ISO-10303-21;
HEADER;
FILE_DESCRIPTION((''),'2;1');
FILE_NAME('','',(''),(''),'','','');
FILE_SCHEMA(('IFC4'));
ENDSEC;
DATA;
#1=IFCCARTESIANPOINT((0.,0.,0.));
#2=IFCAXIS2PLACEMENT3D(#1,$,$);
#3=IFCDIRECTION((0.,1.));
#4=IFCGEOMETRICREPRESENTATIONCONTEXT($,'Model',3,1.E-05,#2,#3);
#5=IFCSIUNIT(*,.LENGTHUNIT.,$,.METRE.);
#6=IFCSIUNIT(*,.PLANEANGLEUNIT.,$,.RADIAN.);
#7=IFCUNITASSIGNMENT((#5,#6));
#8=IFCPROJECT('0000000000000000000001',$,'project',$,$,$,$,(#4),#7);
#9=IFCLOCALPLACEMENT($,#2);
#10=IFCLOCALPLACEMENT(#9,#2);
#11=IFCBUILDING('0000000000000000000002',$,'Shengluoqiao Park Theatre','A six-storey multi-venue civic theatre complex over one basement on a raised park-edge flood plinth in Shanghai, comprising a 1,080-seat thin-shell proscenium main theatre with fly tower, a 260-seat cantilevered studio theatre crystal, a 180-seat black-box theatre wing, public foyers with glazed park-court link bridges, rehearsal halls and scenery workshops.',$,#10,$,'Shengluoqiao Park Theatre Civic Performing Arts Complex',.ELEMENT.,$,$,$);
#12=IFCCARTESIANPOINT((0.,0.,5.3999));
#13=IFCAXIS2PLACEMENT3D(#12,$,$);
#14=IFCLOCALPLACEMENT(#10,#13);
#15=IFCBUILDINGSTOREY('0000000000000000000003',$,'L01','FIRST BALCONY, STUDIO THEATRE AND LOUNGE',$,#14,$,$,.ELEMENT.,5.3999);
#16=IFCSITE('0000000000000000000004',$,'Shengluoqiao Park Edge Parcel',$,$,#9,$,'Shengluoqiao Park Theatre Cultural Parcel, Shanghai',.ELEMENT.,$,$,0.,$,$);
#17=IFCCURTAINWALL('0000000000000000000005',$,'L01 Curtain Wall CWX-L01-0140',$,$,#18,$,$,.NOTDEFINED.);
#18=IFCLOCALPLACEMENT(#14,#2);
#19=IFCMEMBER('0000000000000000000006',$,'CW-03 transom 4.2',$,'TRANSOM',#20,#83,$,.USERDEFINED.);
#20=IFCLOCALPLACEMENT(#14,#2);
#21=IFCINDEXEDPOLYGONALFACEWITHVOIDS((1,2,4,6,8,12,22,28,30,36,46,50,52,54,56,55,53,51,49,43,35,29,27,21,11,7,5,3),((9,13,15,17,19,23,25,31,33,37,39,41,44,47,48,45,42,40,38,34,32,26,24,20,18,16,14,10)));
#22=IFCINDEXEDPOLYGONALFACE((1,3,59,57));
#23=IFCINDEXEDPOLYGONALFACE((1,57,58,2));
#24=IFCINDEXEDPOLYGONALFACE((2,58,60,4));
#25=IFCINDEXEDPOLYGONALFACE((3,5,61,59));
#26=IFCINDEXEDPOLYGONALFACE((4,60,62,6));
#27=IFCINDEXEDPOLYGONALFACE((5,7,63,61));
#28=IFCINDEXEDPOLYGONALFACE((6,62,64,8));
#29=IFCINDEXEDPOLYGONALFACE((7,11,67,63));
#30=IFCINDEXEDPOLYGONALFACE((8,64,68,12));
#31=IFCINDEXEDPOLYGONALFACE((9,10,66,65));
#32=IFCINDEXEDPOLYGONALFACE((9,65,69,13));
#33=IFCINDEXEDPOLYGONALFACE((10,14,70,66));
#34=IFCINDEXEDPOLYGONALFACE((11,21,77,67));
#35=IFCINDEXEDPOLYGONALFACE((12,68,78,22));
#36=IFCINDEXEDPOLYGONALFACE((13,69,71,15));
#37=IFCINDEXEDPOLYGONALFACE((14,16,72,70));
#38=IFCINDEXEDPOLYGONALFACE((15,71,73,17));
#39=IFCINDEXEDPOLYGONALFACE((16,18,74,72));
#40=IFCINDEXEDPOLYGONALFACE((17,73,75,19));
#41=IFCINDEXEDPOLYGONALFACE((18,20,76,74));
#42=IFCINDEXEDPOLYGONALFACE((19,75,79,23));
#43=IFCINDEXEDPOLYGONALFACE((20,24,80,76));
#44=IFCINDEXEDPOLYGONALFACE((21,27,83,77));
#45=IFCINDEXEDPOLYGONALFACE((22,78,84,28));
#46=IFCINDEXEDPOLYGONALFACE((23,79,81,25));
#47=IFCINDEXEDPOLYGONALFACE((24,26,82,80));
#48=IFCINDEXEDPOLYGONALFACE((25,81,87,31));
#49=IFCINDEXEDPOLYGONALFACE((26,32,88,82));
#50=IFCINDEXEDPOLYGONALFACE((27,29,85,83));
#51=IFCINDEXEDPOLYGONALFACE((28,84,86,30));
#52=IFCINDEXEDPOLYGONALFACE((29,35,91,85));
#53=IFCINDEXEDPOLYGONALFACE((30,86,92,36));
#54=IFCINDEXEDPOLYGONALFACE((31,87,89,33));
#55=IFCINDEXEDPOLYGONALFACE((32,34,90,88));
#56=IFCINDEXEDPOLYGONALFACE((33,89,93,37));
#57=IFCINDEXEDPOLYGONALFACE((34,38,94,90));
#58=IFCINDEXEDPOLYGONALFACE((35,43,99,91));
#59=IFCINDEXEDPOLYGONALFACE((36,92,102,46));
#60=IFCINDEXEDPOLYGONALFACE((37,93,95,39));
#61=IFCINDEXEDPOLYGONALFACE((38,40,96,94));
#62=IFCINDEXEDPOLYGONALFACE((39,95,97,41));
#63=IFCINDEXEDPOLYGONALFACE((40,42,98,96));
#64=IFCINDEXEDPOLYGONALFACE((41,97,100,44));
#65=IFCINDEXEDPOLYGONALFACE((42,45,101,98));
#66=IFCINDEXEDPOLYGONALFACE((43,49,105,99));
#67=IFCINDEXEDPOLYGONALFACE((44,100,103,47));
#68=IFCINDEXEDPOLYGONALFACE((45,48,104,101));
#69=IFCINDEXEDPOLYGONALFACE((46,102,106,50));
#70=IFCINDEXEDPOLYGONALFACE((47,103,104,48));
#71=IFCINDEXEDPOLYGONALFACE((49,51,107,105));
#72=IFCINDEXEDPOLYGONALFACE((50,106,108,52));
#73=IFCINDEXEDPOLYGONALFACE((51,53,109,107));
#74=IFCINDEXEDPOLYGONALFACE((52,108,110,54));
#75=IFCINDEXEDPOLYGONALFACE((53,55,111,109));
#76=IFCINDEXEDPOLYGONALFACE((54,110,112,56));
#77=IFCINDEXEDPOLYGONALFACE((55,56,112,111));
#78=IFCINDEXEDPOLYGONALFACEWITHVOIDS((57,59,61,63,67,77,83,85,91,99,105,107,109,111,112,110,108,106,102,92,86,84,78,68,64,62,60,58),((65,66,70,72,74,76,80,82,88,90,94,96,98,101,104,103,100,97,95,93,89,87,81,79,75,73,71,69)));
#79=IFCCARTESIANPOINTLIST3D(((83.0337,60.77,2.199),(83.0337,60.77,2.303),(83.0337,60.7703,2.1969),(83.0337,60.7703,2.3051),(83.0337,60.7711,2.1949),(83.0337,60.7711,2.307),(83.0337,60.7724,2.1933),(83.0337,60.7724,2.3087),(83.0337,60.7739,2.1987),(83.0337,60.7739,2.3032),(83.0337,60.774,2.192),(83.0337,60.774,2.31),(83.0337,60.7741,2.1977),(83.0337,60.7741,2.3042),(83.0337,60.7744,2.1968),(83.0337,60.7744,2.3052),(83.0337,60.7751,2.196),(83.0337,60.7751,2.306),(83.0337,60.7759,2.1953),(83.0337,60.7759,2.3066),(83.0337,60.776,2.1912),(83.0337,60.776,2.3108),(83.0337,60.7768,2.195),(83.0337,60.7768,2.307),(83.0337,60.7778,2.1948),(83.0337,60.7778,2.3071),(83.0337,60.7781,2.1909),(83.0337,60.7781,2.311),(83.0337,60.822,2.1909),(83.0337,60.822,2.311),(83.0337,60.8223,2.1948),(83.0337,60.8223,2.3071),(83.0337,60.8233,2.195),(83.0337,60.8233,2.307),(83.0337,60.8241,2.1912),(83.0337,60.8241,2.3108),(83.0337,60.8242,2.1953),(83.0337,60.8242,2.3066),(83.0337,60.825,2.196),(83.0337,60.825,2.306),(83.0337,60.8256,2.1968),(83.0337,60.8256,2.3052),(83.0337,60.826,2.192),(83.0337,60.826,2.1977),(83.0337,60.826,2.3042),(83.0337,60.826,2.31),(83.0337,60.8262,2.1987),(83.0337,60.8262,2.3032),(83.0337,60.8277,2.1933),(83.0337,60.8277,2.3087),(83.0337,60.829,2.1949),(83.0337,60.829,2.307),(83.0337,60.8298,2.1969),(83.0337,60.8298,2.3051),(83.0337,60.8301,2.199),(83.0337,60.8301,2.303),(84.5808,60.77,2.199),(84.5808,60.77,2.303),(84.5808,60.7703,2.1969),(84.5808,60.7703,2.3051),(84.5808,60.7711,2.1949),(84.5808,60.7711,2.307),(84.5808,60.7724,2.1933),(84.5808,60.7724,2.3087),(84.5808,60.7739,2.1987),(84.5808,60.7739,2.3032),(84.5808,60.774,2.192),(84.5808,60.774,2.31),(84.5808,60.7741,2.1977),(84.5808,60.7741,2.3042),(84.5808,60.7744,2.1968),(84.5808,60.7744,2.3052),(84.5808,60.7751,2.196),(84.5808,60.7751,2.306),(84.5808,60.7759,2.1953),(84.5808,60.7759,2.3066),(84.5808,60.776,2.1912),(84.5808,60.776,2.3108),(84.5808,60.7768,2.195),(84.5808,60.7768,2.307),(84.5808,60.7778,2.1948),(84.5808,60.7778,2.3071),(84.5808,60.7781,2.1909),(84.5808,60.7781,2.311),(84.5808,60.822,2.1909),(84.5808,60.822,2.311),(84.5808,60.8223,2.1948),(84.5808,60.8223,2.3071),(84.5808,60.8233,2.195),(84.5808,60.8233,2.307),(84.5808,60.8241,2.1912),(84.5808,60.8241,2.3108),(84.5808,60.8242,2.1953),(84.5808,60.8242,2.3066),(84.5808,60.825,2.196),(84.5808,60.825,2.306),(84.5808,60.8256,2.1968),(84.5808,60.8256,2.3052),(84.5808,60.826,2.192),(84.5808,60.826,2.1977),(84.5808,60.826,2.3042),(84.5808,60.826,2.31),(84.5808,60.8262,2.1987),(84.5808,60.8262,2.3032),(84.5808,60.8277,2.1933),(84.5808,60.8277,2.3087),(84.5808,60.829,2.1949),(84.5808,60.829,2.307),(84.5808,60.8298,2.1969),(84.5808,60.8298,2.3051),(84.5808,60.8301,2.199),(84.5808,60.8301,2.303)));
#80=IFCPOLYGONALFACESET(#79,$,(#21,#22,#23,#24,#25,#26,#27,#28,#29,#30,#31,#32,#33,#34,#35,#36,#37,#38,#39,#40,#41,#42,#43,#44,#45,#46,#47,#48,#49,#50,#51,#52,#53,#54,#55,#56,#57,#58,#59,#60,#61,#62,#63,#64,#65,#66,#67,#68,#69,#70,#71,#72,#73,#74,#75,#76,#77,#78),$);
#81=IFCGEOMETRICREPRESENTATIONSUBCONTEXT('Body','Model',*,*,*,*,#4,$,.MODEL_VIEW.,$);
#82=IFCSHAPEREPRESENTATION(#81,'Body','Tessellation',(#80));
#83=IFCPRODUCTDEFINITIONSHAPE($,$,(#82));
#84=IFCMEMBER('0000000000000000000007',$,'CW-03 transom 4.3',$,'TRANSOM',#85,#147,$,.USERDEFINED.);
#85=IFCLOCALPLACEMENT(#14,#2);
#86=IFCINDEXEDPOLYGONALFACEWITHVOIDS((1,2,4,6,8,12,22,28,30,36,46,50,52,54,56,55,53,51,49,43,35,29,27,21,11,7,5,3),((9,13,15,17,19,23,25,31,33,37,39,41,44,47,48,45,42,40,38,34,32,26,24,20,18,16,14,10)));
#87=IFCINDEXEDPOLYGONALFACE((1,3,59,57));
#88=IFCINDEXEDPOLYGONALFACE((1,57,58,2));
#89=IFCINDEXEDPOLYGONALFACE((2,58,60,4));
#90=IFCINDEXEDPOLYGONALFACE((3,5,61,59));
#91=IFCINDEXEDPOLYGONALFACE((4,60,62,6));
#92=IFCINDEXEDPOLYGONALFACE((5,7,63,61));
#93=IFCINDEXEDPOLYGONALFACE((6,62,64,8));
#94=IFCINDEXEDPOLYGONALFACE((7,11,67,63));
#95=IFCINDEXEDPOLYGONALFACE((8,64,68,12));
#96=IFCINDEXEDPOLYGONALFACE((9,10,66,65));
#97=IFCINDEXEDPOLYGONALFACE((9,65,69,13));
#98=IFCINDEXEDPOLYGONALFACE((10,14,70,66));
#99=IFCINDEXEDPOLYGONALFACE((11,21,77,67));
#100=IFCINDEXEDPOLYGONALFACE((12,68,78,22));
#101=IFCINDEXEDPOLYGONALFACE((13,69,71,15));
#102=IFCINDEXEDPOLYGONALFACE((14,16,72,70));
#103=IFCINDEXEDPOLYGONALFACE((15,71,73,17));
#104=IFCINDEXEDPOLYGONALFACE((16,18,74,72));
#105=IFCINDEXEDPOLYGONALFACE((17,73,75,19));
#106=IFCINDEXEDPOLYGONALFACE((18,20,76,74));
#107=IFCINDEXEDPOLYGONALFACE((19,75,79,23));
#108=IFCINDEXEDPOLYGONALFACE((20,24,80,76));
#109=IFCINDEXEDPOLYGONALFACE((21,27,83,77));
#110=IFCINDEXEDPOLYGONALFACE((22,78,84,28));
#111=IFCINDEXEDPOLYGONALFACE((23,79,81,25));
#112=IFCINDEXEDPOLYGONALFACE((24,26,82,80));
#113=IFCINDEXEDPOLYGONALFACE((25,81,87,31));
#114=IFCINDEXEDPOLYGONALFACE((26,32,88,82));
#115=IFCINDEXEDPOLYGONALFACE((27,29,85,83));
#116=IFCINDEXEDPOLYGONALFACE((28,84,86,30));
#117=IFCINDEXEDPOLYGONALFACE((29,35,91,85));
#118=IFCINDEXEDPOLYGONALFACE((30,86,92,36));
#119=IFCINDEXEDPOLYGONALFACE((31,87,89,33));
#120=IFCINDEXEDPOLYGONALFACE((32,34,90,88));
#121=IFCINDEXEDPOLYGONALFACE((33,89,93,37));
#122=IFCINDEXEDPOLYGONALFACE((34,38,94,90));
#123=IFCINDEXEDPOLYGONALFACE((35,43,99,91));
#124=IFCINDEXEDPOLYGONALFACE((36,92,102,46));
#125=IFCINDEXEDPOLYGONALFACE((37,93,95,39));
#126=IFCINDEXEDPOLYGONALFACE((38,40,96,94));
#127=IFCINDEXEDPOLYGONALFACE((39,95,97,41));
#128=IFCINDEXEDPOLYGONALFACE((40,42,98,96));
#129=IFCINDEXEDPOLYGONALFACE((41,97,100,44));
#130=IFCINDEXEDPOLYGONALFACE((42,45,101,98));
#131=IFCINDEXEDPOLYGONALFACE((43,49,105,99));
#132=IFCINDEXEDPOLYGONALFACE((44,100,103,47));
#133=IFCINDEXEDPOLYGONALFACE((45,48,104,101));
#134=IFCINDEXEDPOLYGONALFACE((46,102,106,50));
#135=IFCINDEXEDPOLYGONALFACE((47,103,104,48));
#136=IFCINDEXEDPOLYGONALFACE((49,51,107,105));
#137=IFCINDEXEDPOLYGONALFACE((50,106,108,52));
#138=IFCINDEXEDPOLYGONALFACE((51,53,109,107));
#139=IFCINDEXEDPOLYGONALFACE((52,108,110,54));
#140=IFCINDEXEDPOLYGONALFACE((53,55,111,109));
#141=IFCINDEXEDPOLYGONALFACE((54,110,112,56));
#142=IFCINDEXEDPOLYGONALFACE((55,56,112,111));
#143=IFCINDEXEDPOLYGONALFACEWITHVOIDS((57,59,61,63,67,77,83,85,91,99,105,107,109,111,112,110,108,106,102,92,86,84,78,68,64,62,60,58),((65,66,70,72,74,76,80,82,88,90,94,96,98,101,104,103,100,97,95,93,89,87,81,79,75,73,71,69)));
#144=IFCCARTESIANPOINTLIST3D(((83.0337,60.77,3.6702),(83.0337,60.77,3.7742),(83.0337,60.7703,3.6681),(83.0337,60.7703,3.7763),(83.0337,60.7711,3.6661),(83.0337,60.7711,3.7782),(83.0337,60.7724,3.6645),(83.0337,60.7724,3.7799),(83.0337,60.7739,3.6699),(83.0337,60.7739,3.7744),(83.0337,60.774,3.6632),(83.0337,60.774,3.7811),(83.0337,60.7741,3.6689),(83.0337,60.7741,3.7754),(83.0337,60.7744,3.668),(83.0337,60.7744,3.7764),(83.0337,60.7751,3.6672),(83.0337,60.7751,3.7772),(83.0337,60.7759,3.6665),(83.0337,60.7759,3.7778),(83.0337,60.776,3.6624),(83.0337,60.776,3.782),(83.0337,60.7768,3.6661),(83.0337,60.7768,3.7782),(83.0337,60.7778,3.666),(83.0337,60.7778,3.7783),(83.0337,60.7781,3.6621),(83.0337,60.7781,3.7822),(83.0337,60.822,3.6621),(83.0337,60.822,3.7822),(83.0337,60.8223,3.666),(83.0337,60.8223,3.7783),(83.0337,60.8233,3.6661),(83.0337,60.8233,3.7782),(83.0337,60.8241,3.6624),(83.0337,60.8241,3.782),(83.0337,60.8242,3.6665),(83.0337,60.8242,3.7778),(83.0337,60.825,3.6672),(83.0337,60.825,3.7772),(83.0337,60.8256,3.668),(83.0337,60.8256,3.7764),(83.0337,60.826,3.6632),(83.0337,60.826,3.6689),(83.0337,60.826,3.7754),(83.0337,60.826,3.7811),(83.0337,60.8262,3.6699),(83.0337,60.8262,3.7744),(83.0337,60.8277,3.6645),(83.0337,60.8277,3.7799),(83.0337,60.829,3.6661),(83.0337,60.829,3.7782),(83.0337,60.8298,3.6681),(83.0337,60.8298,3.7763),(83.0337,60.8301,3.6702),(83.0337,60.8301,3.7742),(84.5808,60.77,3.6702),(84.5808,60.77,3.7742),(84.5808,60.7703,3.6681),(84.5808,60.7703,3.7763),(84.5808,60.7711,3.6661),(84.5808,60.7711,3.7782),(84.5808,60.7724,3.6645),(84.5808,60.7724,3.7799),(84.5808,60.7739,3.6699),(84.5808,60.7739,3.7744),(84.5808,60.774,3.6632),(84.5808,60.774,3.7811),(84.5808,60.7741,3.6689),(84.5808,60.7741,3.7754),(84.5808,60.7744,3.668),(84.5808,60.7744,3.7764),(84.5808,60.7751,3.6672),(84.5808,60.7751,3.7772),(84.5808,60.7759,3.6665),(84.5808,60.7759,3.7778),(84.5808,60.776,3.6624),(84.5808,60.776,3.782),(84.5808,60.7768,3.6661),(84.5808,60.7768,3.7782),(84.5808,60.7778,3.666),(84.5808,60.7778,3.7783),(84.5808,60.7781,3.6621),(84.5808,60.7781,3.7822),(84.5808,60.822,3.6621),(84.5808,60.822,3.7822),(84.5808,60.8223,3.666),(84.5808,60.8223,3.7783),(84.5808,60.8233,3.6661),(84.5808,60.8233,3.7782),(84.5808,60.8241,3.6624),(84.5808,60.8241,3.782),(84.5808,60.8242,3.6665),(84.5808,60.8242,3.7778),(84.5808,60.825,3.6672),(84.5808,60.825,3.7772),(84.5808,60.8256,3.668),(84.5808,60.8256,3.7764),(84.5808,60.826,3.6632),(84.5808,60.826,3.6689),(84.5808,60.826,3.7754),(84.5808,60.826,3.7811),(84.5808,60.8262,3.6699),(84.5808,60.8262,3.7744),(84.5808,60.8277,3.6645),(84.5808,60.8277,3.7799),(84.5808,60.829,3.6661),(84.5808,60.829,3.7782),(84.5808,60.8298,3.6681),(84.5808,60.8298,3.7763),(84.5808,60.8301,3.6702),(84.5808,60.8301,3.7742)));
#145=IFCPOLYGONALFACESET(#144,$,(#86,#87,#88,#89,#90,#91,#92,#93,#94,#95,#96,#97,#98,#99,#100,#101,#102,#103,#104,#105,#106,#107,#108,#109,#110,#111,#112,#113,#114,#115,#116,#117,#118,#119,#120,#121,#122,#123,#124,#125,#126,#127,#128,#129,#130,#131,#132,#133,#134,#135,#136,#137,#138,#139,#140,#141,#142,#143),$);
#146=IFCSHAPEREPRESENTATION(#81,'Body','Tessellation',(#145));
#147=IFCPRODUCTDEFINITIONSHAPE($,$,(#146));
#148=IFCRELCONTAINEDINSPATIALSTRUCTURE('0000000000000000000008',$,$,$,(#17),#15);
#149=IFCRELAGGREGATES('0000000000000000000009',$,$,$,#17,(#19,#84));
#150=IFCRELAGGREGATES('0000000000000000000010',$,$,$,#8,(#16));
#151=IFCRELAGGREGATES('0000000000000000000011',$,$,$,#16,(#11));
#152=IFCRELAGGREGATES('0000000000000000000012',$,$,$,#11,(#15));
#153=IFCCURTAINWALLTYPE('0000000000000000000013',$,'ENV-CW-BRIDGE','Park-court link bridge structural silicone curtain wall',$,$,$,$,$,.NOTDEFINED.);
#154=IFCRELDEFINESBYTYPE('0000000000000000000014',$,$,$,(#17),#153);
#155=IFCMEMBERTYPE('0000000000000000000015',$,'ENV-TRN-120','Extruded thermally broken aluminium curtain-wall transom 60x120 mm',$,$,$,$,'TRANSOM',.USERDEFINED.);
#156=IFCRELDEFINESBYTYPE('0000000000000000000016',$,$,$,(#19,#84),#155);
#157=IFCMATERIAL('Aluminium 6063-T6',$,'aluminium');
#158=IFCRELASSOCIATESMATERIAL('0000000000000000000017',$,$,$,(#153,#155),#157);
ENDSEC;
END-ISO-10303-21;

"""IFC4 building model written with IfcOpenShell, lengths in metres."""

from ifc_helpers import new_model, si_unit, direction, frame, origin, origin_2d, place, context, subcontext, project, spatial, hollow_rectangle, extrude, material, material_profile, profile_set, type_object, element, aggregate, save


model = new_model("IFC4")

# Units and contexts
model_context = context("Model", 3, precision=1e-05, world=origin(), true_north=direction((0.0, 1.0)))
body_context = subcontext(model_context, "Body", "Model", "MODEL_VIEW")
ifc_project = project(units=[si_unit("LENGTHUNIT", "METRE"), si_unit("PLANEANGLEUNIT", "RADIAN")], contexts=[model_context])

# Site, building, storey
site_placement = place(None, origin())
site = spatial("IfcSite", under=ifc_project, at=site_placement, Name="Shengluoqiao Park Edge Parcel", LongName="Shengluoqiao Park Theatre Cultural Parcel, Shanghai", CompositionType="ELEMENT", RefElevation=0.0)
building_placement = place(site_placement, origin())
building = spatial("IfcBuilding", under=site, at=building_placement, Name="Shengluoqiao Park Theatre", Description="A six-storey multi-venue civic theatre complex over one basement on a raised park-edge flood plinth in Shanghai, comprising a 1,080-seat thin-shell proscenium main theatre with fly tower, a 260-seat cantilevered studio theatre crystal, a 180-seat black-box theatre wing, public foyers with glazed park-court link bridges, rehearsal halls and scenery workshops.", LongName="Shengluoqiao Park Theatre Civic Performing Arts Complex", CompositionType="ELEMENT")
storey_placement = place(building_placement, frame((0.0, 0.0, 5.3999)))
storey = spatial("IfcBuildingStorey", under=building, at=storey_placement, Name="L01", Description="FIRST BALCONY, STUDIO THEATRE AND LOUNGE", CompositionType="ELEMENT", Elevation=5.3999)

# Shared definitions
ifc_material_1 = material(Name="Aluminium 6063-T6", Category="aluminium")
curtain_wall_type = type_object("IfcCurtainWallType", Name="ENV-CW-BRIDGE", Description="Park-court link bridge structural silicone curtain wall", PredefinedType="NOTDEFINED", material=ifc_material_1)

# Curtain wall, members
curtain_wall_1_placement = place(storey_placement, origin())
curtain_wall_1 = element("IfcCurtainWall", 1, at=curtain_wall_1_placement, inside=storey, type_object=curtain_wall_type, Name="L01 Curtain Wall CWX-L01-0140", PredefinedType="NOTDEFINED")
ifc_material_profile_1 = material_profile(ifc_material_1, hollow_rectangle(XDim=0.0601, YDim=0.1201, WallThickness=0.0039, InnerFilletRadius=0.0039, OuterFilletRadius=0.0081, at=origin_2d()), Name="ALU TRANSOM 120x60x4")
ifc_profile_set_1 = profile_set([ifc_material_profile_1], Name="Aluminium 6063-T6")
member_type_1 = type_object("IfcMemberType", Name="ENV-TRN-120", Description="Extruded thermally broken aluminium curtain-wall transom 60x120 mm", ElementType="TRANSOM", PredefinedType="USERDEFINED", material=ifc_profile_set_1)
member_1_placement = place(storey_placement, frame((83.0337, 60.8, 2.251), z_axis=(1.0, 0.0, 0.0), x_axis=(0.0, 1.0, 0.0)))
member_1 = element("IfcMember", 2, at=member_1_placement, type_object=member_type_1, Name="CW-03 transom 4.2", ObjectType="TRANSOM", PredefinedType="USERDEFINED", context=body_context, shape_type="SweptSolid", body=[
    extrude(hollow_rectangle(XDim=0.0601, YDim=0.1201, WallThickness=0.0039, InnerFilletRadius=0.0039, OuterFilletRadius=0.0081, at=origin_2d()), origin(), (0.0, 0.0, 1.0), 1.5471),
])
member_2_placement = place(storey_placement, frame((83.0337, 60.8, 3.7222), z_axis=(1.0, 0.0, 0.0), x_axis=(0.0, 1.0, 0.0)))
member_2 = element("IfcMember", 3, at=member_2_placement, type_object=member_type_1, Name="CW-03 transom 4.3", ObjectType="TRANSOM", PredefinedType="USERDEFINED", context=body_context, shape_type="SweptSolid", body=[
    extrude(hollow_rectangle(XDim=0.0601, YDim=0.1201, WallThickness=0.0039, InnerFilletRadius=0.0039, OuterFilletRadius=0.0081, at=origin_2d()), origin(), (0.0, 0.0, 1.0), 1.5471),
])

aggregate(curtain_wall_1, [member_1, member_2])

save(model, "model.ifc")
